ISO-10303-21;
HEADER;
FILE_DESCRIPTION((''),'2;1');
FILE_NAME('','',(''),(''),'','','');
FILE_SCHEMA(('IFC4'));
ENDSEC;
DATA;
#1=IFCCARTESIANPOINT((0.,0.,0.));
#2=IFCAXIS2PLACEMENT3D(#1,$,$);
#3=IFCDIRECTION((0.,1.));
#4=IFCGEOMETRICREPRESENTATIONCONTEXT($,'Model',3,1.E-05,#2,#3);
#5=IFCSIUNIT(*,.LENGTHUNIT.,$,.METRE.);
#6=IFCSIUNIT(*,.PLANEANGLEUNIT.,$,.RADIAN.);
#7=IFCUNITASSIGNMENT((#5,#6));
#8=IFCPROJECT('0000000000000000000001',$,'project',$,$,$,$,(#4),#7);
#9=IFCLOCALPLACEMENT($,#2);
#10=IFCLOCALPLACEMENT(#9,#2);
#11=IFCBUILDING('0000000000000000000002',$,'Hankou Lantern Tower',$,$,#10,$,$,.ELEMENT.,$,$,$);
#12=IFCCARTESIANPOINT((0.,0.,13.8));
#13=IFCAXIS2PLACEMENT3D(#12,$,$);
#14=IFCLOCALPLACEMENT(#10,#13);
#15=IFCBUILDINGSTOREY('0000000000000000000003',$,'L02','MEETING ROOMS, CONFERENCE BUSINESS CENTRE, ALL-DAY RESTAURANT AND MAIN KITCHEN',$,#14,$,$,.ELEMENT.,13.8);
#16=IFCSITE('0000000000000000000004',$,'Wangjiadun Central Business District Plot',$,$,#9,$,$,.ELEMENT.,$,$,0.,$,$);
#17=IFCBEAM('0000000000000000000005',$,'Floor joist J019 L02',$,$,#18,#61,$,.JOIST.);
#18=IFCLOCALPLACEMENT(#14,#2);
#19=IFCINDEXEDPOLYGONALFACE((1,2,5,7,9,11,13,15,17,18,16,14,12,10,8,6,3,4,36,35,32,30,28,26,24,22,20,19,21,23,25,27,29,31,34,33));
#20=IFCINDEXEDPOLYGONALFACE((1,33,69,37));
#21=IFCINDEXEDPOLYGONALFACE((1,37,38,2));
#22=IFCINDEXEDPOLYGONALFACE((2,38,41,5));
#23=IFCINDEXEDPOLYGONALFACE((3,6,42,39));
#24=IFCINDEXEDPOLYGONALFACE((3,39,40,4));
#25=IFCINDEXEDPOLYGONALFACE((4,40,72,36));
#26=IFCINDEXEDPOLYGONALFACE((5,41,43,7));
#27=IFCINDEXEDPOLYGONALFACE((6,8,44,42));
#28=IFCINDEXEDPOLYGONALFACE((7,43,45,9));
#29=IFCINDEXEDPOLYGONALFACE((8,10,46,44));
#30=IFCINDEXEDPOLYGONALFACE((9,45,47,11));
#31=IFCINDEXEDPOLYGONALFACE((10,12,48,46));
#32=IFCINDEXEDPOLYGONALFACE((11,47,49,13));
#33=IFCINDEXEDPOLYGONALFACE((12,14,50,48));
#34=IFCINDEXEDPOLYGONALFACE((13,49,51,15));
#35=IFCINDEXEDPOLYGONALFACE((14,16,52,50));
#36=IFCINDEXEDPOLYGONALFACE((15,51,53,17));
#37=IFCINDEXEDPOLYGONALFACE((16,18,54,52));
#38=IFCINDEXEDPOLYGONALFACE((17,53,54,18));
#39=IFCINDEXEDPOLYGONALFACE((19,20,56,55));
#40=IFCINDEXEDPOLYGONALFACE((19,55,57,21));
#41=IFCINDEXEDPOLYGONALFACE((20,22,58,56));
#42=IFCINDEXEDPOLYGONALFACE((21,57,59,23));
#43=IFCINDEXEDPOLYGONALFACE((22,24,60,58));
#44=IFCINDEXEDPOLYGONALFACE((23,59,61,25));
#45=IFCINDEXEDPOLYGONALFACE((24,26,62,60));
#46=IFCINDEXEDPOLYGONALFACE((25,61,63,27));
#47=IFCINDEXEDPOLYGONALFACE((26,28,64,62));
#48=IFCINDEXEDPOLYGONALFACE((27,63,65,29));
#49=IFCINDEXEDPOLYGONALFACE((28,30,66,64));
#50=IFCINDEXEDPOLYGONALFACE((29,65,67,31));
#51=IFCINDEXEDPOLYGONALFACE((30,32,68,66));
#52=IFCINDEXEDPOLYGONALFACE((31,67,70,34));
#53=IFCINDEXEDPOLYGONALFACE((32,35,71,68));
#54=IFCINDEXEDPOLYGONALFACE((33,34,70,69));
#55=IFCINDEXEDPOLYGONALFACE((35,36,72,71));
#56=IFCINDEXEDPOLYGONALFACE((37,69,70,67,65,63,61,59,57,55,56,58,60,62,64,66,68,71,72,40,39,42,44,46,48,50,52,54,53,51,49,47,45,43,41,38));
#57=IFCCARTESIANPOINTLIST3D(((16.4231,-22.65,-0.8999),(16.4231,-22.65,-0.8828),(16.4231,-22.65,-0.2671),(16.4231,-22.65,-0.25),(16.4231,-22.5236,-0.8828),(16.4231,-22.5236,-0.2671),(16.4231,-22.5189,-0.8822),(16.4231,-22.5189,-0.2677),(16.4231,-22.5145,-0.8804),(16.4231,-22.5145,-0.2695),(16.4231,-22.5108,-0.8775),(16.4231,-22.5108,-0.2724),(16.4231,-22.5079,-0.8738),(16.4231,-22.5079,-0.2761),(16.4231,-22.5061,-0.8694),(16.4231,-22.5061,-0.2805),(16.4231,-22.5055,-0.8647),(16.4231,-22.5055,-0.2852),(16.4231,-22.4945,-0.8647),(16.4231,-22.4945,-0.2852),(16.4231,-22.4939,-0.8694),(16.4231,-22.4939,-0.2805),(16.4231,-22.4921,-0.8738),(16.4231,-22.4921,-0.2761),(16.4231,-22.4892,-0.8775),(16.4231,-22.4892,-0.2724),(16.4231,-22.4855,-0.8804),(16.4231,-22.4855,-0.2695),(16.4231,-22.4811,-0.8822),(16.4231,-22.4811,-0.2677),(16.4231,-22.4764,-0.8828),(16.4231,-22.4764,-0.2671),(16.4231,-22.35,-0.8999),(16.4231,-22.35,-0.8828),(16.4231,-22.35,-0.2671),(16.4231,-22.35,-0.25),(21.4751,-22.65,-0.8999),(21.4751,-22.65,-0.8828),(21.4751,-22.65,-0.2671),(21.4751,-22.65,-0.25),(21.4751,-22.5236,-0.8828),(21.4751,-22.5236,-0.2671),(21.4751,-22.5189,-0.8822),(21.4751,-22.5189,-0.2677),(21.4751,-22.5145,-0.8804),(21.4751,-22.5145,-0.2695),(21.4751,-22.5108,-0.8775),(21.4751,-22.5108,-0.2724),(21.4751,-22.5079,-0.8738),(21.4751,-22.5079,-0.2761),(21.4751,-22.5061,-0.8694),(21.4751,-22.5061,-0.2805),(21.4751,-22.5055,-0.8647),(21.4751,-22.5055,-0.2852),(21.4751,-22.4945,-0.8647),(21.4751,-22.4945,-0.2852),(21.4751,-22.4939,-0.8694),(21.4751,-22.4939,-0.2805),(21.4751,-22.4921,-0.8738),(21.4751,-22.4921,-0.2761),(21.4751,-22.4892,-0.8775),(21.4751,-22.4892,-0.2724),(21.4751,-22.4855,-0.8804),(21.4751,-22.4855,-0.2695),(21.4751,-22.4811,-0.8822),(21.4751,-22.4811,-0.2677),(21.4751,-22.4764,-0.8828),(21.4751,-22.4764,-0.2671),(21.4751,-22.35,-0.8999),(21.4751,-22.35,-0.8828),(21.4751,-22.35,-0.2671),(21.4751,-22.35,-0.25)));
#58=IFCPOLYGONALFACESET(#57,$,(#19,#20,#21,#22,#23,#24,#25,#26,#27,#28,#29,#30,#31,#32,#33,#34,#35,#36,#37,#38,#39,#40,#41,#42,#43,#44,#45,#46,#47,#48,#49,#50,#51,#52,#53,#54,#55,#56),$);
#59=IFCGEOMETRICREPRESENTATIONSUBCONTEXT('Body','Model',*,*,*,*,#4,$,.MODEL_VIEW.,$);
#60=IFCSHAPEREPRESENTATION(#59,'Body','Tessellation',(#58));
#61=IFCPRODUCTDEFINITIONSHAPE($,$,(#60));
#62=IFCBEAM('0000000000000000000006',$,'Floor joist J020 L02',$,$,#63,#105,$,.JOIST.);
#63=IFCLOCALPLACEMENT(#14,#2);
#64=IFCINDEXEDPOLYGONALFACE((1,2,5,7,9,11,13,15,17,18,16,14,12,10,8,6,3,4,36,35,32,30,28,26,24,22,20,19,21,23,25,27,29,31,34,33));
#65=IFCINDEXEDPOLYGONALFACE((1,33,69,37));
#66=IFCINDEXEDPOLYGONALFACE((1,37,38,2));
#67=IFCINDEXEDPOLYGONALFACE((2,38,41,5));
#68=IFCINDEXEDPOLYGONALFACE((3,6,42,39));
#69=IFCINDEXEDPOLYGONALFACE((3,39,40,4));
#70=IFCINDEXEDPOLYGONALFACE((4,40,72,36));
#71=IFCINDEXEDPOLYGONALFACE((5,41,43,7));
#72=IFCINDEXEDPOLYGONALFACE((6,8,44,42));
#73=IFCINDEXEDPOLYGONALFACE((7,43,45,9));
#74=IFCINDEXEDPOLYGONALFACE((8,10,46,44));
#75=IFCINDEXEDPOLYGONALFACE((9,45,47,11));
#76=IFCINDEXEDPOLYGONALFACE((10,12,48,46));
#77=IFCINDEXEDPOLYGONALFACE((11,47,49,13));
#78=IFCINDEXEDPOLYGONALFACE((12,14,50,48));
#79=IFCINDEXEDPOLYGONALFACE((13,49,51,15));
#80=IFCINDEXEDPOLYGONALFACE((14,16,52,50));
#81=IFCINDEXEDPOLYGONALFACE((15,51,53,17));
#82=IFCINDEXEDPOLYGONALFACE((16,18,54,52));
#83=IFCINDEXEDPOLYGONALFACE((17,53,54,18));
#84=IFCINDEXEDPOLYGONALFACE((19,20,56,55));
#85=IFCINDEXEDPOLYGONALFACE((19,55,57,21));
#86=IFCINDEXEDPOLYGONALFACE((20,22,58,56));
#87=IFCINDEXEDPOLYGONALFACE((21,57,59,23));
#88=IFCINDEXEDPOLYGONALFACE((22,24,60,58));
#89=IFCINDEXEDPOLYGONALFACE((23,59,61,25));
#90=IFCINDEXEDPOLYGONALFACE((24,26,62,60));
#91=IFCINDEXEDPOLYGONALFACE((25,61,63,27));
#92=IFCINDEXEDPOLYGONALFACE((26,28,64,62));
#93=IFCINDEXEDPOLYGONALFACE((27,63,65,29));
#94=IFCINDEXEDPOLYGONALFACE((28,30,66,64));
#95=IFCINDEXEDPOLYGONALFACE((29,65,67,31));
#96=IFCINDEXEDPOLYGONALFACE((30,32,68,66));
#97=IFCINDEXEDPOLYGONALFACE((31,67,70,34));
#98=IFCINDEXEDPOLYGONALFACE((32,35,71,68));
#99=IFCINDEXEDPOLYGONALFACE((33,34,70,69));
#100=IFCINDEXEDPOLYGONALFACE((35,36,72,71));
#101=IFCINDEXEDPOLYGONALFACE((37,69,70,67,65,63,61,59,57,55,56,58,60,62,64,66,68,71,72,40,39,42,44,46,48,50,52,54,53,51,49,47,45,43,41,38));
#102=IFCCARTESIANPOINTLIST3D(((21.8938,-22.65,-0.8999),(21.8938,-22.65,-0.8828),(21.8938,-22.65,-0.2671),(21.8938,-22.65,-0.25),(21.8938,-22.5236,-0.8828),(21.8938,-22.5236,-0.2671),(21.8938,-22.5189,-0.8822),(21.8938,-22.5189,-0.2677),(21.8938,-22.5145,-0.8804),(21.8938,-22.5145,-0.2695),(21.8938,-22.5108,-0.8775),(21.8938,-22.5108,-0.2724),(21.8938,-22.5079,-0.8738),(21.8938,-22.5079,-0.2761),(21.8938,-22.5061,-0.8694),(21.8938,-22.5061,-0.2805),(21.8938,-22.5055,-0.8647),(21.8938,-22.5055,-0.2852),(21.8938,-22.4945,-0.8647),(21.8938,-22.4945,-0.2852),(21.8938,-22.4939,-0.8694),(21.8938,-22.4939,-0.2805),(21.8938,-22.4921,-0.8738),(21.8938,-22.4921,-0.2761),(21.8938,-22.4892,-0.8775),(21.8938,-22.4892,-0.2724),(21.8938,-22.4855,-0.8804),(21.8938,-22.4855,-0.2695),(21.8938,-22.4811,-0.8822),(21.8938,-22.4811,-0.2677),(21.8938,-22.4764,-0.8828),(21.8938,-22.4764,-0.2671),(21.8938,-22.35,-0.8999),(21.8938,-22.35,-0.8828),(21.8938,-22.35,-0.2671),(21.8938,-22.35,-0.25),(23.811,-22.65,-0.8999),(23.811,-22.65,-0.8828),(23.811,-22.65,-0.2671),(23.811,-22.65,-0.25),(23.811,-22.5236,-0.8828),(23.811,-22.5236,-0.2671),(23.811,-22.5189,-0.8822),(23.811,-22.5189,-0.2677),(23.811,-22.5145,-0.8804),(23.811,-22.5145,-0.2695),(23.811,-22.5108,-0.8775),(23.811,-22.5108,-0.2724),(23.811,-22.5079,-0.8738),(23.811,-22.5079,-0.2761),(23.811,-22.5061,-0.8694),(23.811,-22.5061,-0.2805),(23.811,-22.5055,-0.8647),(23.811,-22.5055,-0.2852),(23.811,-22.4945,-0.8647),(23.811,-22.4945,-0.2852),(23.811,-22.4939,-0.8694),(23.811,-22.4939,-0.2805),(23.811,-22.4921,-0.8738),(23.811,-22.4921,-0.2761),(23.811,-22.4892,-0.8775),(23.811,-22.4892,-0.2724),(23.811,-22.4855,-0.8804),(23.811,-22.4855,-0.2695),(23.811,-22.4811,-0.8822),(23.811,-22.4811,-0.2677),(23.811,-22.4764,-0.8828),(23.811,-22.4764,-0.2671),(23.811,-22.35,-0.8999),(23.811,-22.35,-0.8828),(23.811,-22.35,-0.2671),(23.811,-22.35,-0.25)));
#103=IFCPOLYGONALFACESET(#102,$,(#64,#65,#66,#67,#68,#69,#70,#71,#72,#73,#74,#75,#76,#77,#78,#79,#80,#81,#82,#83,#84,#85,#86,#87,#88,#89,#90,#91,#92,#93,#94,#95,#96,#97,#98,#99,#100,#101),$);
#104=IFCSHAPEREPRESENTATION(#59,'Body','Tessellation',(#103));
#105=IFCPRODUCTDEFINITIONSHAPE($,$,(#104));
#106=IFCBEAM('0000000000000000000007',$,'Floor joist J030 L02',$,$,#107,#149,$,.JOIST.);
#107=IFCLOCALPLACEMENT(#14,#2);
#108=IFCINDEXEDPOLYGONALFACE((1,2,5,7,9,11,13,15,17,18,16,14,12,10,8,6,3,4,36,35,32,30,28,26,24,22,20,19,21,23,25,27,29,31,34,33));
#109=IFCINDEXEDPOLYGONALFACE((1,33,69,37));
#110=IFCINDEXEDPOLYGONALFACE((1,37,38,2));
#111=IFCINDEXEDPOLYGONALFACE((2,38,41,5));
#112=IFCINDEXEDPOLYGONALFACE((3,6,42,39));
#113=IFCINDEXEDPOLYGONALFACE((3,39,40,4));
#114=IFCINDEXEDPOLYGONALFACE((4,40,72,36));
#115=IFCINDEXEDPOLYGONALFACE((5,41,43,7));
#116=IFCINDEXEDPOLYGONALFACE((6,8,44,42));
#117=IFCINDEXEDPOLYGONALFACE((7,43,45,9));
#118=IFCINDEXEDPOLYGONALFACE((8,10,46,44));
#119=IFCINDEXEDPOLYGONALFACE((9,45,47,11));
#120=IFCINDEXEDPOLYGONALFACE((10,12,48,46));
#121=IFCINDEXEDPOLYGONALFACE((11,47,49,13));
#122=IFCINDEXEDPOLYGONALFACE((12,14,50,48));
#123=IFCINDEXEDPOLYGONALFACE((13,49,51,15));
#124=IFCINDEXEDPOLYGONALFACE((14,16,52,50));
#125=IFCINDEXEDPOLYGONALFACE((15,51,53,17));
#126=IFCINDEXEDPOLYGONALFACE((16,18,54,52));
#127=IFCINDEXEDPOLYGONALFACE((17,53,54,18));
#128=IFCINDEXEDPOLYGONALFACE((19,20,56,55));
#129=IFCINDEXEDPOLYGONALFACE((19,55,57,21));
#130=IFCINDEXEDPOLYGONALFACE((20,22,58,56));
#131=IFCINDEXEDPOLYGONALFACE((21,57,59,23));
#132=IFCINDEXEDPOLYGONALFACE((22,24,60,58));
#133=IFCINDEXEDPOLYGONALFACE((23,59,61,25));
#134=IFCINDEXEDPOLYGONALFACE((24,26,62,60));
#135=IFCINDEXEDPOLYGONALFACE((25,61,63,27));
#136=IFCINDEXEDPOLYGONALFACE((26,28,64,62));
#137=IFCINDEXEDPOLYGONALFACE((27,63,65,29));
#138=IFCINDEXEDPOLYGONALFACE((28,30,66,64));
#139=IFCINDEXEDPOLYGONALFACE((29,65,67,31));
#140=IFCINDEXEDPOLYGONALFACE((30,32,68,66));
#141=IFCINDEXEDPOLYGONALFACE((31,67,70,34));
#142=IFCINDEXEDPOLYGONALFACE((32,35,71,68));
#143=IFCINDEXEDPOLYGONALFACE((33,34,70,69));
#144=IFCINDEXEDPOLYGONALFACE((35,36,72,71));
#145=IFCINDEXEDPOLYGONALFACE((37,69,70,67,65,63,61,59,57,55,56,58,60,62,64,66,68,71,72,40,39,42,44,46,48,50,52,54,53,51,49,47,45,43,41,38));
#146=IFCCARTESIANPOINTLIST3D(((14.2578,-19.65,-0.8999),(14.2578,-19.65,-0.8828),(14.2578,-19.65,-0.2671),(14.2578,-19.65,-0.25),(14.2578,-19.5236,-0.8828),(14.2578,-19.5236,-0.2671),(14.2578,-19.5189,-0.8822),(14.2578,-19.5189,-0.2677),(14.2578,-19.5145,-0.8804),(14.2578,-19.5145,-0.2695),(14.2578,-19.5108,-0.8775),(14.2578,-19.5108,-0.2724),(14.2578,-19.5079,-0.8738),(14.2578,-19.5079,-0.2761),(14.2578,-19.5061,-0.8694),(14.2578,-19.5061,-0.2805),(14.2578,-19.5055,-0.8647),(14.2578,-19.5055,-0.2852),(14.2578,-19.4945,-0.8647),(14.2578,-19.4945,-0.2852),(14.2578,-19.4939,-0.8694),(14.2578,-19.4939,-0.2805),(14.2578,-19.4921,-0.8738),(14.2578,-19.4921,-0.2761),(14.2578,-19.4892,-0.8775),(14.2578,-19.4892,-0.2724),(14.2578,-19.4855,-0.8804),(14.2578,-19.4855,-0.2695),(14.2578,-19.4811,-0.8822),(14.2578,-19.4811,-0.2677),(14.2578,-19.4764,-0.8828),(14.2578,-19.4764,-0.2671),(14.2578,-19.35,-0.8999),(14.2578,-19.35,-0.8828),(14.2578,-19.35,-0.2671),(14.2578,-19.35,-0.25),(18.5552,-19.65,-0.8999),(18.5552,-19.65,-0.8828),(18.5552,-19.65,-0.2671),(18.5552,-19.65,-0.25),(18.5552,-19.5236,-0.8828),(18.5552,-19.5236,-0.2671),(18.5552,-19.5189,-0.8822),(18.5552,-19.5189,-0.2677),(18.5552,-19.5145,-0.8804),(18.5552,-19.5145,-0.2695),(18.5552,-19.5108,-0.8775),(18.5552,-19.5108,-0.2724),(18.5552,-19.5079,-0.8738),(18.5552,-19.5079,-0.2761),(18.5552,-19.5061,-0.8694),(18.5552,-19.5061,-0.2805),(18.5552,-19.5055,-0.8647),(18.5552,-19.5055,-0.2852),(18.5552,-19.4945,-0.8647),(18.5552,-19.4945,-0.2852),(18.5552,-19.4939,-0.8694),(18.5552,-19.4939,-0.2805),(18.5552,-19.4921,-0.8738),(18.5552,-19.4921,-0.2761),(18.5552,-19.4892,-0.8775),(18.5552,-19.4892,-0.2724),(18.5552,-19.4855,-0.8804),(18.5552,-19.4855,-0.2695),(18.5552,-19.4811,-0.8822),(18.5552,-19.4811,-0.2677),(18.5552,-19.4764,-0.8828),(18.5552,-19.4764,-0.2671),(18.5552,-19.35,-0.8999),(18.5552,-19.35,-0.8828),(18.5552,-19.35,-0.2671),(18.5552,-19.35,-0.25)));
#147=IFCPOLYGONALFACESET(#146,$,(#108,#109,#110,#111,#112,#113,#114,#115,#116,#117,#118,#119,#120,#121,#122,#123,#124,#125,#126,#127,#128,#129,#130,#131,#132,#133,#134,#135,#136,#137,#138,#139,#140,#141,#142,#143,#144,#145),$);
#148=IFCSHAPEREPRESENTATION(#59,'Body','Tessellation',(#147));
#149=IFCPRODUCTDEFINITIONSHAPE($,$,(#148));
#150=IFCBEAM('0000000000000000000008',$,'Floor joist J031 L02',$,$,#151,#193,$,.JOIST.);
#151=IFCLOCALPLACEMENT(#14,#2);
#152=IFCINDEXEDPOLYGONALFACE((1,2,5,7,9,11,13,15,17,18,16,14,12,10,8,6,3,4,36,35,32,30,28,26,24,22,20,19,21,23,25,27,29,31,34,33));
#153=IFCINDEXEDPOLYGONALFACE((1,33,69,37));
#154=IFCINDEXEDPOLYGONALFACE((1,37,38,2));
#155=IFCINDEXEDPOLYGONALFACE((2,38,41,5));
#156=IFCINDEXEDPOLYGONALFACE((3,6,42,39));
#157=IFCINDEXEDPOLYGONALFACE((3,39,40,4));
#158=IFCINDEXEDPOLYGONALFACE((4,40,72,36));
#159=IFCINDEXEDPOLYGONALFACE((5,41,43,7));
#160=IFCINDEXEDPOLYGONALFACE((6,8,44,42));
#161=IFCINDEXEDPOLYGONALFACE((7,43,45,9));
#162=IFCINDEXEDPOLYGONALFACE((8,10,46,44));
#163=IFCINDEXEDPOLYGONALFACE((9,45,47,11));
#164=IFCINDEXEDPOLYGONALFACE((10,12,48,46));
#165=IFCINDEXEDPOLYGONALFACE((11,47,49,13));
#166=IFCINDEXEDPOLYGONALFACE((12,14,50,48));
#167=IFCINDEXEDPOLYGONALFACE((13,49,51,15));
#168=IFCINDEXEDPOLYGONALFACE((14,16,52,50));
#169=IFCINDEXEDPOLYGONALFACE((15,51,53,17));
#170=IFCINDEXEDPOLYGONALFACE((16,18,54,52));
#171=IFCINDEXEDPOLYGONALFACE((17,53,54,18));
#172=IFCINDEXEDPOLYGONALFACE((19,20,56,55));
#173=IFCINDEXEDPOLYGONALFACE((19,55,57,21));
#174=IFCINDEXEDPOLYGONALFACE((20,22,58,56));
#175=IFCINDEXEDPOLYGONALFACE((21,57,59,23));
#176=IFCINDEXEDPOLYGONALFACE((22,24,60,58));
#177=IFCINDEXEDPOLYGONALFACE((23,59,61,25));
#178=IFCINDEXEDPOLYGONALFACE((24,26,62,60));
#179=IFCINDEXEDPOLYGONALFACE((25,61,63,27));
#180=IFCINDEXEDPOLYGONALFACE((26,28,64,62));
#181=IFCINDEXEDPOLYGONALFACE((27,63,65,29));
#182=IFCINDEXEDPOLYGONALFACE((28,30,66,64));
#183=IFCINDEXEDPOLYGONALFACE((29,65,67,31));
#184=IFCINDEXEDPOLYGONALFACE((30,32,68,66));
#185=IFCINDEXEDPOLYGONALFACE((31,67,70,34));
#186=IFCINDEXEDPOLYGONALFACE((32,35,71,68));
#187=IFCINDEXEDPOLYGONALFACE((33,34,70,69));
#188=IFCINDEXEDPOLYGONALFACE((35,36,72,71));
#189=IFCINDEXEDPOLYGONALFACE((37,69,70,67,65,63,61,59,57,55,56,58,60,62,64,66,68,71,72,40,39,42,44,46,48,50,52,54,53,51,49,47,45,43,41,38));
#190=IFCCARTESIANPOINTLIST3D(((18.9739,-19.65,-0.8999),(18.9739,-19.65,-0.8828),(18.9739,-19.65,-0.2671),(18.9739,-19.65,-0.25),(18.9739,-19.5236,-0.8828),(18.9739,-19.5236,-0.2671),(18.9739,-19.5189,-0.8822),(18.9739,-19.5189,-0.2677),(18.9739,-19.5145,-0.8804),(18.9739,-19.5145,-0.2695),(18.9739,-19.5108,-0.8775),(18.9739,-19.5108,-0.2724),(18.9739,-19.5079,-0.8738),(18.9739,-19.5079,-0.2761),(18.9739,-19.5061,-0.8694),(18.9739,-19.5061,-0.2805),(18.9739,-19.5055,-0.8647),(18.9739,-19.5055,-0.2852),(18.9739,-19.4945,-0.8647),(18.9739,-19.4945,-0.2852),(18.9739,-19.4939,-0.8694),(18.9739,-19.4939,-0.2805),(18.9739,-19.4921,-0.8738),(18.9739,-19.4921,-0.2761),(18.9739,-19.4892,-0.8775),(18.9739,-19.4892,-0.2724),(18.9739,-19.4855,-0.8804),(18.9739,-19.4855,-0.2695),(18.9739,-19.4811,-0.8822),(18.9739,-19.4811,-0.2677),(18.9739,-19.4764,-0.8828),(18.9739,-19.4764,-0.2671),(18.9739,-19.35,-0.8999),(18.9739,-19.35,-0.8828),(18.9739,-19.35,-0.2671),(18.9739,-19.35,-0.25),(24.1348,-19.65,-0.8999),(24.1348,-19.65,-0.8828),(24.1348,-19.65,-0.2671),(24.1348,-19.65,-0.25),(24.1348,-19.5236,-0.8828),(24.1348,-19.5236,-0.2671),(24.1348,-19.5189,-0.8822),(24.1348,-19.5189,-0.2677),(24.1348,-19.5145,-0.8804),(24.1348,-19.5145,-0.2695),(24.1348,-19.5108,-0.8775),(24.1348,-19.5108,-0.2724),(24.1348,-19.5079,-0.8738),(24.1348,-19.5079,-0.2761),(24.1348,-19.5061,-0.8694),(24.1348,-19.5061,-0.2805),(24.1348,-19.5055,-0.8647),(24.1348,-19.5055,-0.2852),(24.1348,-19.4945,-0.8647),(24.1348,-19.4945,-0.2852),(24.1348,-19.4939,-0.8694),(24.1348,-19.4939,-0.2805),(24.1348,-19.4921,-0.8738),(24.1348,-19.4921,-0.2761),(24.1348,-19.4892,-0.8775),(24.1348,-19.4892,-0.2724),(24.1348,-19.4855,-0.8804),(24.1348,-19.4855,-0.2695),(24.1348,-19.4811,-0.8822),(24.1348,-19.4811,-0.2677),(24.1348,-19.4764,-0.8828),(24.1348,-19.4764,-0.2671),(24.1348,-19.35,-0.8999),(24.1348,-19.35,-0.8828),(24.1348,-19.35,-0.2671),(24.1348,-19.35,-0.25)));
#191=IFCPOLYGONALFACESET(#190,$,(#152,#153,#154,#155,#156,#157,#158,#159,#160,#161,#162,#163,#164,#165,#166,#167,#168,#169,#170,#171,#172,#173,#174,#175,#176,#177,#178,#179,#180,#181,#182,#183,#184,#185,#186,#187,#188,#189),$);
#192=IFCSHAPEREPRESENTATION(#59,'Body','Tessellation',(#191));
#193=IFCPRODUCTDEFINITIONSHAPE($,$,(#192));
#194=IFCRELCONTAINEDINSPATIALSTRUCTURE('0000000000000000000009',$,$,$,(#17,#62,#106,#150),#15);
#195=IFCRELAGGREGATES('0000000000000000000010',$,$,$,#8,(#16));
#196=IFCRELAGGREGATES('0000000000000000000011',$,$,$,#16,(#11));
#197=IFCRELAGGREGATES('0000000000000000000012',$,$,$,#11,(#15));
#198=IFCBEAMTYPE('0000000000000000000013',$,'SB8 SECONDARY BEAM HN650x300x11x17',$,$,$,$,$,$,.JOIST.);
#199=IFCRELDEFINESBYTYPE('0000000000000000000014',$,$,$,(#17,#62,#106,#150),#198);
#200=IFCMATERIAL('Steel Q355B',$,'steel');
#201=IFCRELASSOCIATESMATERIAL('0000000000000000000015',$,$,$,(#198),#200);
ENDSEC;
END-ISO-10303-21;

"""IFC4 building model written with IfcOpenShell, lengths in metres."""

from ifc_helpers import new_model, si_unit, direction, frame, origin, origin_2d, place, context, subcontext, project, spatial, i_section, extrude, material, material_profile, profile_set, type_object, element, save


model = new_model("IFC4")

# Units and contexts
model_context = context("Model", 3, precision=1e-05, world=origin(), true_north=direction((0.0, 1.0)))
body_context = subcontext(model_context, "Body", "Model", "MODEL_VIEW")
ifc_project = project(units=[si_unit("LENGTHUNIT", "METRE"), si_unit("PLANEANGLEUNIT", "RADIAN")], contexts=[model_context])

# Site, building, storey
site_placement = place(None, origin())
site = spatial("IfcSite", under=ifc_project, at=site_placement, Name="Wangjiadun Central Business District Plot", CompositionType="ELEMENT", RefElevation=0.0)
building_placement = place(site_placement, origin())
building = spatial("IfcBuilding", under=site, at=building_placement, Name="Hankou Lantern Tower", CompositionType="ELEMENT")
storey_placement = place(building_placement, frame((0.0, 0.0, 13.8)))
storey = spatial("IfcBuildingStorey", under=building, at=storey_placement, Name="L02", Description="MEETING ROOMS, CONFERENCE BUSINESS CENTRE, ALL-DAY RESTAURANT AND MAIN KITCHEN", CompositionType="ELEMENT", Elevation=13.8)

# Beams
ifc_material_1 = material(Name="Steel Q355B", Category="steel")
ifc_material_profile_1 = material_profile(ifc_material_1, i_section(OverallWidth=0.3, OverallDepth=0.6499, WebThickness=0.011, FlangeThickness=0.0171, FilletRadius=0.0181, at=origin_2d()), Name="HN650x300x11x17")
ifc_profile_set_1 = profile_set([ifc_material_profile_1], Name="Steel Q355B")
beam_type_1 = type_object("IfcBeamType", Name="SB8 SECONDARY BEAM HN650x300x11x17", PredefinedType="JOIST", material=ifc_profile_set_1)
beam_1_placement = place(storey_placement, frame((16.4231, -22.5, -0.575), z_axis=(1.0, 0.0, 0.0), x_axis=(0.0, 1.0, 0.0)))
element("IfcBeam", 1, at=beam_1_placement, inside=storey, type_object=beam_type_1, Name="Floor joist J019 L02", PredefinedType="JOIST", context=body_context, shape_type="SweptSolid", body=[
    extrude(i_section(OverallWidth=0.3, OverallDepth=0.6499, WebThickness=0.011, FlangeThickness=0.0171, FilletRadius=0.0181, at=origin_2d()), origin(), (0.0, 0.0, 1.0), 5.052),
])
beam_2_placement = place(storey_placement, frame((21.8938, -22.5, -0.575), z_axis=(1.0, 0.0, 0.0), x_axis=(0.0, 1.0, 0.0)))
element("IfcBeam", 2, at=beam_2_placement, inside=storey, type_object=beam_type_1, Name="Floor joist J020 L02", PredefinedType="JOIST", context=body_context, shape_type="SweptSolid", body=[
    extrude(i_section(OverallWidth=0.3, OverallDepth=0.6499, WebThickness=0.011, FlangeThickness=0.0171, FilletRadius=0.0181, at=origin_2d()), origin(), (0.0, 0.0, 1.0), 1.9172),
])
beam_3_placement = place(storey_placement, frame((14.2578, -19.5, -0.575), z_axis=(1.0, 0.0, 0.0), x_axis=(0.0, 1.0, 0.0)))
element("IfcBeam", 3, at=beam_3_placement, inside=storey, type_object=beam_type_1, Name="Floor joist J030 L02", PredefinedType="JOIST", context=body_context, shape_type="SweptSolid", body=[
    extrude(i_section(OverallWidth=0.3, OverallDepth=0.6499, WebThickness=0.011, FlangeThickness=0.0171, FilletRadius=0.0181, at=origin_2d()), origin(), (0.0, 0.0, 1.0), 4.2974),
])
beam_4_placement = place(storey_placement, frame((18.9739, -19.5, -0.575), z_axis=(1.0, 0.0, 0.0), x_axis=(0.0, 1.0, 0.0)))
element("IfcBeam", 4, at=beam_4_placement, inside=storey, type_object=beam_type_1, Name="Floor joist J031 L02", PredefinedType="JOIST", context=body_context, shape_type="SweptSolid", body=[
    extrude(i_section(OverallWidth=0.3, OverallDepth=0.6499, WebThickness=0.011, FlangeThickness=0.0171, FilletRadius=0.0181, at=origin_2d()), origin(), (0.0, 0.0, 1.0), 5.1609),
])

save(model, "model.ifc")
